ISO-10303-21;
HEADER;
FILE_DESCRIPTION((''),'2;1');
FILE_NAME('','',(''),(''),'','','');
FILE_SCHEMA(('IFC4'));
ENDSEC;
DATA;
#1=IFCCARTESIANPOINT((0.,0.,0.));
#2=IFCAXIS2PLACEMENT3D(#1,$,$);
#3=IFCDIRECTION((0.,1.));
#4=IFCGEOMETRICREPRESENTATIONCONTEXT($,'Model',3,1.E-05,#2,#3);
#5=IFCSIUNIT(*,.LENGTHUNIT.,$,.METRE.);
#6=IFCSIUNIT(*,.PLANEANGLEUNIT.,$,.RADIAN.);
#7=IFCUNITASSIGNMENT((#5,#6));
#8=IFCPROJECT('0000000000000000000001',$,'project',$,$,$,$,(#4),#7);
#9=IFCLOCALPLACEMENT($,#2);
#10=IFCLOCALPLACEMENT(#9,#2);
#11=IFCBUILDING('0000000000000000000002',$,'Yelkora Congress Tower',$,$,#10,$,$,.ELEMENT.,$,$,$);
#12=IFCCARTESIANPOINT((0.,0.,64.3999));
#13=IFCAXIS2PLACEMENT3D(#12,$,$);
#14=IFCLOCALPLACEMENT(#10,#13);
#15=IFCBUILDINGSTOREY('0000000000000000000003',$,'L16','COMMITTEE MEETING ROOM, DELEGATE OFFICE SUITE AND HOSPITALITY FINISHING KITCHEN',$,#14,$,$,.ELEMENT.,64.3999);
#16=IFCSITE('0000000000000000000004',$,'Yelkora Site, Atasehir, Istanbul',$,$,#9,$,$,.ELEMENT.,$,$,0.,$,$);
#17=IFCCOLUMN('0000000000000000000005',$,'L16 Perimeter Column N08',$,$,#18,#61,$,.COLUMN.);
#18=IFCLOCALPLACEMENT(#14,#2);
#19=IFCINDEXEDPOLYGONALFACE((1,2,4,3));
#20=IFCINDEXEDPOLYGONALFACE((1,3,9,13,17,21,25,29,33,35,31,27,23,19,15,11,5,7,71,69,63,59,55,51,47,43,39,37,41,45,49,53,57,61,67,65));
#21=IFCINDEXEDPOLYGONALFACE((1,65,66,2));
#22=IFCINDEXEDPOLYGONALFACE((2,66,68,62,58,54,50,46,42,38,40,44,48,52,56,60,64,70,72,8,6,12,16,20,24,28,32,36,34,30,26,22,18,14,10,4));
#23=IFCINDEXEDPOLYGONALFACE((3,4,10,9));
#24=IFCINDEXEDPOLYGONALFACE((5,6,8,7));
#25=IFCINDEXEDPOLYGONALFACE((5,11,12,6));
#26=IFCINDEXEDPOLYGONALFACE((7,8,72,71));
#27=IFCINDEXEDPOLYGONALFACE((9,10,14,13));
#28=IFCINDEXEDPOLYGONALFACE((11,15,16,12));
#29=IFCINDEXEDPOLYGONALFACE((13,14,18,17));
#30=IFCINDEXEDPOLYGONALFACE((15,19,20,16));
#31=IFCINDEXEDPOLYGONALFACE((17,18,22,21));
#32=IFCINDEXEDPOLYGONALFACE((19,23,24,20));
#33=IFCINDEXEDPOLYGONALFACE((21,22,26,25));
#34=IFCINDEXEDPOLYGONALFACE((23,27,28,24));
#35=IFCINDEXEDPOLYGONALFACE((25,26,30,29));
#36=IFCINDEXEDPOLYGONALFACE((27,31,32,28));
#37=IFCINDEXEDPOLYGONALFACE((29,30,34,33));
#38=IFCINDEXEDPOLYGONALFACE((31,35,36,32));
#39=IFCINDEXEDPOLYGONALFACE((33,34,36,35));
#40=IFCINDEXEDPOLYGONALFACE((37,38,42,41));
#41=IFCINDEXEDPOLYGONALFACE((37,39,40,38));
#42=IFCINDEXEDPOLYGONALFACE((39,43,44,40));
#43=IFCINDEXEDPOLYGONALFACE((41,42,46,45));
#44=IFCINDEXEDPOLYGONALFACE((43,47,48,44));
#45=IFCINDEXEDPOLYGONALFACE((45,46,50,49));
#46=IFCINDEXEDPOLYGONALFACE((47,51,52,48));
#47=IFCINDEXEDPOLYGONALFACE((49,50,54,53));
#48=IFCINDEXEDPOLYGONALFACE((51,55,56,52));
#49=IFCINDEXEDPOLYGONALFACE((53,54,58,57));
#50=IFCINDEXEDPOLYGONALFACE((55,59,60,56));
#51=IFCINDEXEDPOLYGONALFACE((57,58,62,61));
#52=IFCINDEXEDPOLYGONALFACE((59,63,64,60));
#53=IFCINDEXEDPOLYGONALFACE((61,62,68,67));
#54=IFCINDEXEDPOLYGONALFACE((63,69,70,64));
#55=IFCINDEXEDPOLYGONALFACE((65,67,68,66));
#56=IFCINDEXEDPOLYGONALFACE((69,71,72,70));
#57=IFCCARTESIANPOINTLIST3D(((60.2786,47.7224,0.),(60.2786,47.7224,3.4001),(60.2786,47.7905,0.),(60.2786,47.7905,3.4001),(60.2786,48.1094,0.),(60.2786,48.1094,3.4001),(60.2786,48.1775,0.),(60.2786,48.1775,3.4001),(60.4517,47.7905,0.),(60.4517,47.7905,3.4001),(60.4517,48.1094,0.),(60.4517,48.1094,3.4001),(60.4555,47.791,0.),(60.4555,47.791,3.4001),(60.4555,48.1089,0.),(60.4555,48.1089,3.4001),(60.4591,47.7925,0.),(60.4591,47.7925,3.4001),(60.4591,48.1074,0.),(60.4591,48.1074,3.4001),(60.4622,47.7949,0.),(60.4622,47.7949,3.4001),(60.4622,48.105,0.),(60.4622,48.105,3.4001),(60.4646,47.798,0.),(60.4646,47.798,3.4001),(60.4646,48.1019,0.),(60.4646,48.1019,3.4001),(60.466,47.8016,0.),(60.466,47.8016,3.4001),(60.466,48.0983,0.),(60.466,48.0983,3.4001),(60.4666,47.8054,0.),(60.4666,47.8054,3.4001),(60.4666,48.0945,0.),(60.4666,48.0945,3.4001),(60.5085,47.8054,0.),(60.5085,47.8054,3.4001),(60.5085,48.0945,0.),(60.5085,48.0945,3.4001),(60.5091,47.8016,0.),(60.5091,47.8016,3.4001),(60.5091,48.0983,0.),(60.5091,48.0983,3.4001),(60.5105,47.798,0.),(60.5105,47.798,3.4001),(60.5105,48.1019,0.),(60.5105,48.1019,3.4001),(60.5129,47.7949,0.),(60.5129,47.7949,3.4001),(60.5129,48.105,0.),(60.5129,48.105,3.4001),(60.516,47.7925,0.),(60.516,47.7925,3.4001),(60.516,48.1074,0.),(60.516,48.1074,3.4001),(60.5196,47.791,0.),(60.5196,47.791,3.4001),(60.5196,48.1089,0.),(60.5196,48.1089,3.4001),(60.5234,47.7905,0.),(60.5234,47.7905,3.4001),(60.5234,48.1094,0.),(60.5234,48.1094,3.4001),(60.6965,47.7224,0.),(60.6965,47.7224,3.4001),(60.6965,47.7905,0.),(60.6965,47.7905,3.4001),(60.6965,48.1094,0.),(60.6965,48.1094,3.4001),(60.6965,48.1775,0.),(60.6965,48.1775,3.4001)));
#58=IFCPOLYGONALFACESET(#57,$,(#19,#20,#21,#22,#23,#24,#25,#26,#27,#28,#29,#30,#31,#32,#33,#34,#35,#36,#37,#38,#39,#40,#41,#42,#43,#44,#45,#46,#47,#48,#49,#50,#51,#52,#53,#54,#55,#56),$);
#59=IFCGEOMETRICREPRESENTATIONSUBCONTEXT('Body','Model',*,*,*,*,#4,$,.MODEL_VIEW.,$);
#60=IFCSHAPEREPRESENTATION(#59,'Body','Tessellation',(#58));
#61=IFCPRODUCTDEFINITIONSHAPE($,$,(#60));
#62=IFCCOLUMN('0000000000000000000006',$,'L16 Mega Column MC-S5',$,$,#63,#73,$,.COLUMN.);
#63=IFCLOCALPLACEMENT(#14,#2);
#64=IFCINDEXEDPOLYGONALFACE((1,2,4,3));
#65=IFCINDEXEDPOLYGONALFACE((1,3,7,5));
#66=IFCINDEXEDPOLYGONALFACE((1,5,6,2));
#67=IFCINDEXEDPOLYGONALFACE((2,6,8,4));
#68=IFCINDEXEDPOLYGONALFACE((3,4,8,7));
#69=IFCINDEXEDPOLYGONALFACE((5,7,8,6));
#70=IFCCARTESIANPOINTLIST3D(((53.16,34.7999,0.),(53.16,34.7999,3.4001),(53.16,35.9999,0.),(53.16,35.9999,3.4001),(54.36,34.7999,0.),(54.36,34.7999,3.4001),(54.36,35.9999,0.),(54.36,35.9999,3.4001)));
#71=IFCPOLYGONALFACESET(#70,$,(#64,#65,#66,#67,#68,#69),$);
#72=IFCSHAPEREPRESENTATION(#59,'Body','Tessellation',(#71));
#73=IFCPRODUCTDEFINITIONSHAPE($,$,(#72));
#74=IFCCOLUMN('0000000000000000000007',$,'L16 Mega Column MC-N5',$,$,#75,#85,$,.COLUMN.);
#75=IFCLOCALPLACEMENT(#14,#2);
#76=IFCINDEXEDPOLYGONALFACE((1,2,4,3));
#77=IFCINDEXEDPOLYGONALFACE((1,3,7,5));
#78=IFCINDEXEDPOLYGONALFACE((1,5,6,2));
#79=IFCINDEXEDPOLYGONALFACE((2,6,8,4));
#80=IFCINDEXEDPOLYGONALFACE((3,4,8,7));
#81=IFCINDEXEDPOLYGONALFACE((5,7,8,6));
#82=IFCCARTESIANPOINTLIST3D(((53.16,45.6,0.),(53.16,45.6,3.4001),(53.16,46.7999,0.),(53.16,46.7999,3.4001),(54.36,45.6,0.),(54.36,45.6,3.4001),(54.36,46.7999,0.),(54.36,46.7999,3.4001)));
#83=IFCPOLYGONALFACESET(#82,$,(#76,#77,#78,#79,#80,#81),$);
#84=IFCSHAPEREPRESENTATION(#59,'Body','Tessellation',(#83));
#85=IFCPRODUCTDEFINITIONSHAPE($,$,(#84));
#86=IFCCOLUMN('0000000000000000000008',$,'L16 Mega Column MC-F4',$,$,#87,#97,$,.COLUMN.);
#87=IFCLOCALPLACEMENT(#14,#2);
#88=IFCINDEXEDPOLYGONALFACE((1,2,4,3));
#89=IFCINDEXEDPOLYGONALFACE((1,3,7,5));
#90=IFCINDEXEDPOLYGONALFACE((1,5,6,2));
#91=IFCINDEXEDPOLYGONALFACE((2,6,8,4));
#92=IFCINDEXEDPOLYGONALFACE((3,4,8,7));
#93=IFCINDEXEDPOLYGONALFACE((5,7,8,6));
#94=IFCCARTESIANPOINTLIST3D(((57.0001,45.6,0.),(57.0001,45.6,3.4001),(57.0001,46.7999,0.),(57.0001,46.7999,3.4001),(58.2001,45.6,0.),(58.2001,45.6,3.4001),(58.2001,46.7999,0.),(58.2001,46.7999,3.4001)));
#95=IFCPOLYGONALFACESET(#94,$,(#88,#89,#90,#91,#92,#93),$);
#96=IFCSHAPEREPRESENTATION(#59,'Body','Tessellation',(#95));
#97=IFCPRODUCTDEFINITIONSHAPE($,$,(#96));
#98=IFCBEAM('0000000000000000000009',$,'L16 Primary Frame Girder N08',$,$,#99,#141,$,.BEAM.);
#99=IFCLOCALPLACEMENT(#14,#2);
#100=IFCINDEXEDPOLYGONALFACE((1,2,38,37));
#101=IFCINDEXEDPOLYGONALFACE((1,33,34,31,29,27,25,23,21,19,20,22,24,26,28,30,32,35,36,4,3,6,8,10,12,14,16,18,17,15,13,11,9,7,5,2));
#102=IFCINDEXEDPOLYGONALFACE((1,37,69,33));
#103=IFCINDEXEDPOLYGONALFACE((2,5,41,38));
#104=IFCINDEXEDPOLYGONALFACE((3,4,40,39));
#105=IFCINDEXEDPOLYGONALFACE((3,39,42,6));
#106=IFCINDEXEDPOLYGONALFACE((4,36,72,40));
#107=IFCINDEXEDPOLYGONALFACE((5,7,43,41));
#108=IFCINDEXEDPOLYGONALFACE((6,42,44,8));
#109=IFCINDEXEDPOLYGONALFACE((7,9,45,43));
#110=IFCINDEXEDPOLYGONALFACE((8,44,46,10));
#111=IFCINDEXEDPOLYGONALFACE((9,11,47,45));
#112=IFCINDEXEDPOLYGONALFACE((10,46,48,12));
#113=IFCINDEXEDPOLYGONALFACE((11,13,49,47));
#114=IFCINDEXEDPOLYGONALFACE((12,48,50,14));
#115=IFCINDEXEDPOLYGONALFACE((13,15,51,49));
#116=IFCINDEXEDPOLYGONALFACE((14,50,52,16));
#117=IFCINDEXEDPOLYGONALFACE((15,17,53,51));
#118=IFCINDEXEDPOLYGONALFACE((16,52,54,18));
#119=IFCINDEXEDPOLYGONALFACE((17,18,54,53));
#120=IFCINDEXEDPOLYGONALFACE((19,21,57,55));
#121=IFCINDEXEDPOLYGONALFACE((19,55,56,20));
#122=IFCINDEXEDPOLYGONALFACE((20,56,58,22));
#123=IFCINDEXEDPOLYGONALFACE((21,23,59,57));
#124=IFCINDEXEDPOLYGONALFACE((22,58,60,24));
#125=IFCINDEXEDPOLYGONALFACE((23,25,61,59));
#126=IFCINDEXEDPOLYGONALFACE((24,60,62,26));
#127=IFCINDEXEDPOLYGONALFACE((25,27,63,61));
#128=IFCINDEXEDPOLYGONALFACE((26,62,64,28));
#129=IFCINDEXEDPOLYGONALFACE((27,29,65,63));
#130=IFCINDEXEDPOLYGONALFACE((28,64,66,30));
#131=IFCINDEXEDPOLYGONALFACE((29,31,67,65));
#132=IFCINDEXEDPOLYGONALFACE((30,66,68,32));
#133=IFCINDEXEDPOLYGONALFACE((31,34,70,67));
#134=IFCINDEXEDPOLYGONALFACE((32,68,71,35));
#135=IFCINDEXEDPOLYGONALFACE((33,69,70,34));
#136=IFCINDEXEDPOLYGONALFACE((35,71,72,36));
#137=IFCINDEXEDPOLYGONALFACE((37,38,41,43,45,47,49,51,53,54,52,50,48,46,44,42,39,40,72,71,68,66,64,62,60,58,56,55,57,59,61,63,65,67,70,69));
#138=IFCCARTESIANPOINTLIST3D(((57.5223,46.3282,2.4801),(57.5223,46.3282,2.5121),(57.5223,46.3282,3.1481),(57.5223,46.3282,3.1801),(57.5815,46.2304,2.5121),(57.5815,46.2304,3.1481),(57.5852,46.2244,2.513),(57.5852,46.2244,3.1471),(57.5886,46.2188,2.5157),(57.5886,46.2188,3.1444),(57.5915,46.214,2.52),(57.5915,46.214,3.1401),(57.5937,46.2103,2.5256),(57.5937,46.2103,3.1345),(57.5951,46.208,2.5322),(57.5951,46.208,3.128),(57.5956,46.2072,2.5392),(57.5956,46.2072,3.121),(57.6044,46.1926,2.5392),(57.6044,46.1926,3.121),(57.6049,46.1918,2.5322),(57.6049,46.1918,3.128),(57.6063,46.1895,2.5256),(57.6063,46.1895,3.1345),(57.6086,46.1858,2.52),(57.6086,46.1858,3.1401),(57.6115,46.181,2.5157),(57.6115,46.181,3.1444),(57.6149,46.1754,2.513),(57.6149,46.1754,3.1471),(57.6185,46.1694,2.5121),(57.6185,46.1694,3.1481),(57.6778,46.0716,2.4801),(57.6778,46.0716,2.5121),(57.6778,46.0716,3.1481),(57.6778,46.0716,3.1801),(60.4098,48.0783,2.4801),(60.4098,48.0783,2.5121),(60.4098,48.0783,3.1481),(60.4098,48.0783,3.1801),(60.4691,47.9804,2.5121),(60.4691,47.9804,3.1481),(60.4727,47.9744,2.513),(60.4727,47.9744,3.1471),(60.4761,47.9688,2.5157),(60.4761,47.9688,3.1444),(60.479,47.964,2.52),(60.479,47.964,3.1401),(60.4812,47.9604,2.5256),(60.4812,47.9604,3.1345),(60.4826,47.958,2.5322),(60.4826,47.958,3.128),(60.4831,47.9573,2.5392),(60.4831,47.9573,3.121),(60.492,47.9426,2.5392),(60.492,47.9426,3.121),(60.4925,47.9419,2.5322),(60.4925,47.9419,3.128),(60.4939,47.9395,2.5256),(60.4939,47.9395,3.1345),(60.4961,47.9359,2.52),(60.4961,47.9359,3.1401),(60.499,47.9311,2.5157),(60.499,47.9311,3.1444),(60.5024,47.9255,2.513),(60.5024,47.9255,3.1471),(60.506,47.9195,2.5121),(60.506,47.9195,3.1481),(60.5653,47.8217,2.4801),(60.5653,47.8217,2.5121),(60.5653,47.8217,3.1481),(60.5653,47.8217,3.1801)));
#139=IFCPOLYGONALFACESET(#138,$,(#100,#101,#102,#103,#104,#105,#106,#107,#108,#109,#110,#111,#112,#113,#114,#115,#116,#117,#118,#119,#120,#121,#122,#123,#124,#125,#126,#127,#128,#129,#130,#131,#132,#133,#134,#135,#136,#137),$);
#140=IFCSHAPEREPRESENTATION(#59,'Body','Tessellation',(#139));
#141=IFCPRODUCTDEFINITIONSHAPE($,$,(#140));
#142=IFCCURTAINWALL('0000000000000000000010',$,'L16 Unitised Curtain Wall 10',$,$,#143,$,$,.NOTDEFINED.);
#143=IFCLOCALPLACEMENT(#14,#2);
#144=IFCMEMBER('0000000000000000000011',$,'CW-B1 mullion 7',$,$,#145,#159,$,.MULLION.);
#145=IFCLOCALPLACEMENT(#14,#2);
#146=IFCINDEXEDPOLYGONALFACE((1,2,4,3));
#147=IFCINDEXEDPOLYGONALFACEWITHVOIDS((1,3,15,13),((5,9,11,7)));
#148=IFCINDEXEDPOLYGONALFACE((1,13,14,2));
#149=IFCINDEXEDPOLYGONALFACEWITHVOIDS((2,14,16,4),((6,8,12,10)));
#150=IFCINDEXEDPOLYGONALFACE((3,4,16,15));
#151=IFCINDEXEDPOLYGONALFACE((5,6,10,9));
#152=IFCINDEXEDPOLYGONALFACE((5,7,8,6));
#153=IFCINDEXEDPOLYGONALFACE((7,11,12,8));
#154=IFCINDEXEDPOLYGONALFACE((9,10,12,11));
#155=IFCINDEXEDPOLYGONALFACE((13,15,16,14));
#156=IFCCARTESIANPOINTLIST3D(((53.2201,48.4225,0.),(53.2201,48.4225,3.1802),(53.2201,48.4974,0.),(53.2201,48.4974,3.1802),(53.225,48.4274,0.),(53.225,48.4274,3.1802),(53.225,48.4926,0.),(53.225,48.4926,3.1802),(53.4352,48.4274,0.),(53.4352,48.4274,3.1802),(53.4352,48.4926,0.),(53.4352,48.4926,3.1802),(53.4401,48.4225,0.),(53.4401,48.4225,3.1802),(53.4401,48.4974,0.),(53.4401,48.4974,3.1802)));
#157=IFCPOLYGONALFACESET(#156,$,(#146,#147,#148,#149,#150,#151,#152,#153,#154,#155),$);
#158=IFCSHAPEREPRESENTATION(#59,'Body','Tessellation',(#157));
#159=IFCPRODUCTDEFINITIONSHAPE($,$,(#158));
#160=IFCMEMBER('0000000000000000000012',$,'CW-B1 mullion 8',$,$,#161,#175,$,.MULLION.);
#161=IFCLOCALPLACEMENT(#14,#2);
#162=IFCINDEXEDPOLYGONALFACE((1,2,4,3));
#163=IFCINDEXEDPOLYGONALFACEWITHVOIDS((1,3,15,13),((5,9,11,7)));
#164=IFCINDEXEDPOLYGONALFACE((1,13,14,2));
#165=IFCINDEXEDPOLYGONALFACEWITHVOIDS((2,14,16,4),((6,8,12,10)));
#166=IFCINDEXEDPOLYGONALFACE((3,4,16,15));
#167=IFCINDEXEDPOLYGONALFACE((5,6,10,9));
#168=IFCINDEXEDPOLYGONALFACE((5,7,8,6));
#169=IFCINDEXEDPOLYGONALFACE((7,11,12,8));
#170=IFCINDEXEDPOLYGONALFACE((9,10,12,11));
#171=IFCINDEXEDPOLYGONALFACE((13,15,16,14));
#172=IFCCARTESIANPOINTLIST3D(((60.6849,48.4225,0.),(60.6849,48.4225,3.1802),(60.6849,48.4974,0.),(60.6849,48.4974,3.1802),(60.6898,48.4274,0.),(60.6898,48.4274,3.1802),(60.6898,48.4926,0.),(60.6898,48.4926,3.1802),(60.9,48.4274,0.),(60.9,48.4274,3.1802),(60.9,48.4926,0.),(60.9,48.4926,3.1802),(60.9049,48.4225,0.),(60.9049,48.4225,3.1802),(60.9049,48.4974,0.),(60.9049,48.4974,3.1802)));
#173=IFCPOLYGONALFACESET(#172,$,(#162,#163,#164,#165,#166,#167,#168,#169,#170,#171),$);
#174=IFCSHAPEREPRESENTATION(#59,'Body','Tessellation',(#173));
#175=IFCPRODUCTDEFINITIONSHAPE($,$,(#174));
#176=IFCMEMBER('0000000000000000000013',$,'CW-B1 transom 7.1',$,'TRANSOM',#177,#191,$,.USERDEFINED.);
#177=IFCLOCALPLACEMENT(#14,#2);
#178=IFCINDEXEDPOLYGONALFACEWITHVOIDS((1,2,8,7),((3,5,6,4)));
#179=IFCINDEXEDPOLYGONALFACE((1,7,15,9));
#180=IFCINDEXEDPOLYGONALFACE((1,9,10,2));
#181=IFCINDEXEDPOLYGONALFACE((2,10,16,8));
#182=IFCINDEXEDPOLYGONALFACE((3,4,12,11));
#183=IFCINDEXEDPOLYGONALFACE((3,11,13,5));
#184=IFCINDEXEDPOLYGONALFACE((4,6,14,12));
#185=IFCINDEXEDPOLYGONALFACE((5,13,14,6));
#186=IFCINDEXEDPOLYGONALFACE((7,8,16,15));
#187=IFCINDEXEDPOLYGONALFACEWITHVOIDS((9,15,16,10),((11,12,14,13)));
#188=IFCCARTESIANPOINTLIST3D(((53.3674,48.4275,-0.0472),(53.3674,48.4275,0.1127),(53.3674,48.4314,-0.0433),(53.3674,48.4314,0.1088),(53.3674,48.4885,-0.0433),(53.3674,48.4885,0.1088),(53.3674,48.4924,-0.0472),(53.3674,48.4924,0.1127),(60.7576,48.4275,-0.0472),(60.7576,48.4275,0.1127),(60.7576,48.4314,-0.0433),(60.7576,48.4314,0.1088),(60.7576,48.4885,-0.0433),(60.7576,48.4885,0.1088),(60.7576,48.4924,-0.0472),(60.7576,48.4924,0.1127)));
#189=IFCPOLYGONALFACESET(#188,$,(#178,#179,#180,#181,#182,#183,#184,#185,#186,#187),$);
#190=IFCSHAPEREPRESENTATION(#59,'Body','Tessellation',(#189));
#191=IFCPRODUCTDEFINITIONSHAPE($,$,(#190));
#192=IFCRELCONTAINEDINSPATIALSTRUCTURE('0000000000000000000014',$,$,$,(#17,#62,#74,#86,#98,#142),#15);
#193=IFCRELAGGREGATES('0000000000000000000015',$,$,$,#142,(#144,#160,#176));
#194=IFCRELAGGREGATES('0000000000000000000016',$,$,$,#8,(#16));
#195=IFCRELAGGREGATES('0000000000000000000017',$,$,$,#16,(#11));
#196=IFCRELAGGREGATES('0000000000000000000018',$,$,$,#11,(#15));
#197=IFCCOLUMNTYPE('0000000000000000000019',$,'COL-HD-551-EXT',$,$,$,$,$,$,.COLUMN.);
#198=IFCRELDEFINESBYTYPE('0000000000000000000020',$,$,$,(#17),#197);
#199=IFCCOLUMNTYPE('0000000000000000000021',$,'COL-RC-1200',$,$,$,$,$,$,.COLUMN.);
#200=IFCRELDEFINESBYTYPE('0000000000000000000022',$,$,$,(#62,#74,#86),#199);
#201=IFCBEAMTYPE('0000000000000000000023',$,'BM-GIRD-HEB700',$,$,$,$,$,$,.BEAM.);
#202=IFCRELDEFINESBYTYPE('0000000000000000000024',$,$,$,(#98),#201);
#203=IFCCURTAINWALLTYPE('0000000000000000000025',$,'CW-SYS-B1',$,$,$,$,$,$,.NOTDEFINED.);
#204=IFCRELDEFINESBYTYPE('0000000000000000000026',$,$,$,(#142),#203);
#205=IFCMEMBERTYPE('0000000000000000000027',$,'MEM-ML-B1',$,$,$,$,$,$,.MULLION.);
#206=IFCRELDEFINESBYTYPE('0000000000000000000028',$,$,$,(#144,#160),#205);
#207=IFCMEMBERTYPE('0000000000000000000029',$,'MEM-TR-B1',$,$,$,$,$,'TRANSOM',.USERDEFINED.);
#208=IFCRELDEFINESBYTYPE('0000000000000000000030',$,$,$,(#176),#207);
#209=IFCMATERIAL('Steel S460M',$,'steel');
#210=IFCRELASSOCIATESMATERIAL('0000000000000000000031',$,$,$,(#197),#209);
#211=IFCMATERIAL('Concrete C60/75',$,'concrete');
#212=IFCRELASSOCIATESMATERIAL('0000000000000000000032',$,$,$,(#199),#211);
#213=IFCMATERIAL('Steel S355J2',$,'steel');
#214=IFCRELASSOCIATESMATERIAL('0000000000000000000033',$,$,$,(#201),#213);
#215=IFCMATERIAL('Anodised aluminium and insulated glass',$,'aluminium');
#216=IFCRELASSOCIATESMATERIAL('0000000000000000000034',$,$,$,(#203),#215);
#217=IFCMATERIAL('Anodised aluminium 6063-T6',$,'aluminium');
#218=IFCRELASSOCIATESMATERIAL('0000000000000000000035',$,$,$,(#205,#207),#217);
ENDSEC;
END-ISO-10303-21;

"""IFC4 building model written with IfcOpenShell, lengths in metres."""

from ifc_helpers import new_model, si_unit, direction, frame, origin, origin_2d, place, context, subcontext, project, spatial, rectangle, hollow_rectangle, i_section, extrude, material, material_profile, profile_set, type_object, element, aggregate, save


model = new_model("IFC4")

# Units and contexts
model_context = context("Model", 3, precision=1e-05, world=origin(), true_north=direction((0.0, 1.0)))
body_context = subcontext(model_context, "Body", "Model", "MODEL_VIEW")
ifc_project = project(units=[si_unit("LENGTHUNIT", "METRE"), si_unit("PLANEANGLEUNIT", "RADIAN")], contexts=[model_context])

# Site, building, storey
site_placement = place(None, origin())
site = spatial("IfcSite", under=ifc_project, at=site_placement, Name="Yelkora Site, Atasehir, Istanbul", CompositionType="ELEMENT", RefElevation=0.0)
building_placement = place(site_placement, origin())
building = spatial("IfcBuilding", under=site, at=building_placement, Name="Yelkora Congress Tower", CompositionType="ELEMENT")
storey_placement = place(building_placement, frame((0.0, 0.0, 64.3999)))
storey = spatial("IfcBuildingStorey", under=building, at=storey_placement, Name="L16", Description="COMMITTEE MEETING ROOM, DELEGATE OFFICE SUITE AND HOSPITALITY FINISHING KITCHEN", CompositionType="ELEMENT", Elevation=64.3999)

# Columns
ifc_material_1 = material(Name="Steel S460M", Category="steel")
ifc_material_profile_1 = material_profile(ifc_material_1, i_section(OverallWidth=0.418, OverallDepth=0.4551, WebThickness=0.042, FlangeThickness=0.0681, FilletRadius=0.0149, at=origin_2d()), Name="HD 400x551")
ifc_profile_set_1 = profile_set([ifc_material_profile_1], Name="Steel S460M")
column_type_1 = type_object("IfcColumnType", Name="COL-HD-551-EXT", PredefinedType="COLUMN", material=ifc_profile_set_1)
column_placement = place(storey_placement, frame((60.4875, 47.95, 0.0), z_axis=(0.0, 0.0, 1.0), x_axis=(1.0, 0.0, 0.0)))
element("IfcColumn", 1, at=column_placement, inside=storey, type_object=column_type_1, Name="L16 Perimeter Column N08", PredefinedType="COLUMN", context=body_context, shape_type="SweptSolid", body=[
    extrude(i_section(OverallWidth=0.418, OverallDepth=0.4551, WebThickness=0.042, FlangeThickness=0.0681, FilletRadius=0.0149, at=origin_2d()), origin(), (0.0, 0.0, 1.0), 3.4001),
])
ifc_material_2 = material(Name="Concrete C60/75", Category="concrete")
ifc_material_profile_2 = material_profile(ifc_material_2, rectangle(XDim=1.2, YDim=1.2, at=origin_2d()), Name="RC 1200x1200")
ifc_profile_set_2 = profile_set([ifc_material_profile_2], Name="Concrete C60/75")
column_type_2 = type_object("IfcColumnType", Name="COL-RC-1200", PredefinedType="COLUMN", material=ifc_profile_set_2)
for number, where, z_axis, x_axis, name in (
    (2, (53.76, 35.3999, 0.0), (0.0, 0.0, 1.0), (1.0, 0.0, 0.0), "L16 Mega Column MC-S5"),
    (3, (53.76, 46.2, 0.0), (0.0, 0.0, 1.0), (1.0, 0.0, 0.0), "L16 Mega Column MC-N5"),
    (4, (57.6001, 46.2, 0.0), (0.0, 0.0, 1.0), (1.0, 0.0, 0.0), "L16 Mega Column MC-F4"),
):
    element("IfcColumn", number, at=place(storey_placement, frame(where, z_axis=z_axis, x_axis=x_axis)), inside=storey, type_object=column_type_2, Name=name, PredefinedType="COLUMN", context=body_context, shape_type="SweptSolid", body=[
        extrude(rectangle(XDim=1.2, YDim=1.2, at=origin_2d()), origin(), (0.0, 0.0, 1.0), 3.4001),
    ])

# Beam
ifc_material_3 = material(Name="Steel S355J2", Category="steel")
ifc_material_profile_3 = material_profile(ifc_material_3, i_section(OverallWidth=0.3, OverallDepth=0.7, WebThickness=0.0171, FlangeThickness=0.032, FilletRadius=0.0271, at=origin_2d()), Name="HEB 700")
ifc_profile_set_3 = profile_set([ifc_material_profile_3], Name="Steel S355J2")
beam_type = type_object("IfcBeamType", Name="BM-GIRD-HEB700", PredefinedType="BEAM", material=ifc_profile_set_3)
beam_placement = place(storey_placement, frame((60.4875, 47.95, 2.8301), z_axis=(-0.855194, -0.518308, 0.0), x_axis=(0.518308, -0.855194, 0.0)))
element("IfcBeam", 5, at=beam_placement, inside=storey, type_object=beam_type, Name="L16 Primary Frame Girder N08", PredefinedType="BEAM", context=body_context, shape_type="SweptSolid", body=[
    extrude(i_section(OverallWidth=0.3, OverallDepth=0.7, WebThickness=0.0171, FlangeThickness=0.032, FilletRadius=0.0271, at=origin_2d()), origin(), (0.0, 0.0, 1.0), 3.3765),
])

# Curtain wall, members
ifc_material_4 = material(Name="Anodised aluminium and insulated glass", Category="aluminium")
curtain_wall_type = type_object("IfcCurtainWallType", Name="CW-SYS-B1", PredefinedType="NOTDEFINED", material=ifc_material_4)
curtain_wall_placement = place(storey_placement, origin())
curtain_wall = element("IfcCurtainWall", 6, at=curtain_wall_placement, inside=storey, type_object=curtain_wall_type, Name="L16 Unitised Curtain Wall 10", PredefinedType="NOTDEFINED")
ifc_material_5 = material(Name="Anodised aluminium 6063-T6", Category="aluminium")
ifc_material_profile_4 = material_profile(ifc_material_5, hollow_rectangle(XDim=0.075, YDim=0.22, WallThickness=0.0049, at=origin_2d()), Name="ALU 75x220x5")
ifc_profile_set_4 = profile_set([ifc_material_profile_4], Name="Anodised aluminium 6063-T6")
member_type_1 = type_object("IfcMemberType", Name="MEM-ML-B1", PredefinedType="MULLION", material=ifc_profile_set_4)
member_1_placement = place(storey_placement, frame((53.3301, 48.46, 0.0), z_axis=(0.0, 0.0, 1.0), x_axis=(0.0, 1.0, 0.0)))
member_1 = element("IfcMember", 7, at=member_1_placement, type_object=member_type_1, Name="CW-B1 mullion 7", PredefinedType="MULLION", context=body_context, shape_type="SweptSolid", body=[
    extrude(hollow_rectangle(XDim=0.075, YDim=0.22, WallThickness=0.0049, at=origin_2d()), origin(), (0.0, 0.0, 1.0), 3.1802),
])
member_2_placement = place(storey_placement, frame((60.7949, 48.46, 0.0), z_axis=(0.0, 0.0, 1.0), x_axis=(0.0, 1.0, 0.0)))
member_2 = element("IfcMember", 8, at=member_2_placement, type_object=member_type_1, Name="CW-B1 mullion 8", PredefinedType="MULLION", context=body_context, shape_type="SweptSolid", body=[
    extrude(hollow_rectangle(XDim=0.075, YDim=0.22, WallThickness=0.0049, at=origin_2d()), origin(), (0.0, 0.0, 1.0), 3.1802),
])
ifc_material_profile_5 = material_profile(ifc_material_5, hollow_rectangle(XDim=0.0649, YDim=0.1599, WallThickness=0.0039, at=origin_2d()), Name="ALU 65x160x4")
ifc_profile_set_5 = profile_set([ifc_material_profile_5], Name="Anodised aluminium 6063-T6")
member_type_2 = type_object("IfcMemberType", Name="MEM-TR-B1", ElementType="TRANSOM", PredefinedType="USERDEFINED", material=ifc_profile_set_5)
member_3_placement = place(storey_placement, frame((53.3674, 48.46, 0.0327), z_axis=(1.0, 0.0, 0.0), x_axis=(0.0, 1.0, 0.0)))
member_3 = element("IfcMember", 9, at=member_3_placement, type_object=member_type_2, Name="CW-B1 transom 7.1", ObjectType="TRANSOM", PredefinedType="USERDEFINED", context=body_context, shape_type="SweptSolid", body=[
    extrude(hollow_rectangle(XDim=0.0649, YDim=0.1599, WallThickness=0.0039, at=origin_2d()), origin(), (0.0, 0.0, 1.0), 7.3901),
])
aggregate(curtain_wall, [member_1, member_2, member_3])

save(model, "model.ifc")
